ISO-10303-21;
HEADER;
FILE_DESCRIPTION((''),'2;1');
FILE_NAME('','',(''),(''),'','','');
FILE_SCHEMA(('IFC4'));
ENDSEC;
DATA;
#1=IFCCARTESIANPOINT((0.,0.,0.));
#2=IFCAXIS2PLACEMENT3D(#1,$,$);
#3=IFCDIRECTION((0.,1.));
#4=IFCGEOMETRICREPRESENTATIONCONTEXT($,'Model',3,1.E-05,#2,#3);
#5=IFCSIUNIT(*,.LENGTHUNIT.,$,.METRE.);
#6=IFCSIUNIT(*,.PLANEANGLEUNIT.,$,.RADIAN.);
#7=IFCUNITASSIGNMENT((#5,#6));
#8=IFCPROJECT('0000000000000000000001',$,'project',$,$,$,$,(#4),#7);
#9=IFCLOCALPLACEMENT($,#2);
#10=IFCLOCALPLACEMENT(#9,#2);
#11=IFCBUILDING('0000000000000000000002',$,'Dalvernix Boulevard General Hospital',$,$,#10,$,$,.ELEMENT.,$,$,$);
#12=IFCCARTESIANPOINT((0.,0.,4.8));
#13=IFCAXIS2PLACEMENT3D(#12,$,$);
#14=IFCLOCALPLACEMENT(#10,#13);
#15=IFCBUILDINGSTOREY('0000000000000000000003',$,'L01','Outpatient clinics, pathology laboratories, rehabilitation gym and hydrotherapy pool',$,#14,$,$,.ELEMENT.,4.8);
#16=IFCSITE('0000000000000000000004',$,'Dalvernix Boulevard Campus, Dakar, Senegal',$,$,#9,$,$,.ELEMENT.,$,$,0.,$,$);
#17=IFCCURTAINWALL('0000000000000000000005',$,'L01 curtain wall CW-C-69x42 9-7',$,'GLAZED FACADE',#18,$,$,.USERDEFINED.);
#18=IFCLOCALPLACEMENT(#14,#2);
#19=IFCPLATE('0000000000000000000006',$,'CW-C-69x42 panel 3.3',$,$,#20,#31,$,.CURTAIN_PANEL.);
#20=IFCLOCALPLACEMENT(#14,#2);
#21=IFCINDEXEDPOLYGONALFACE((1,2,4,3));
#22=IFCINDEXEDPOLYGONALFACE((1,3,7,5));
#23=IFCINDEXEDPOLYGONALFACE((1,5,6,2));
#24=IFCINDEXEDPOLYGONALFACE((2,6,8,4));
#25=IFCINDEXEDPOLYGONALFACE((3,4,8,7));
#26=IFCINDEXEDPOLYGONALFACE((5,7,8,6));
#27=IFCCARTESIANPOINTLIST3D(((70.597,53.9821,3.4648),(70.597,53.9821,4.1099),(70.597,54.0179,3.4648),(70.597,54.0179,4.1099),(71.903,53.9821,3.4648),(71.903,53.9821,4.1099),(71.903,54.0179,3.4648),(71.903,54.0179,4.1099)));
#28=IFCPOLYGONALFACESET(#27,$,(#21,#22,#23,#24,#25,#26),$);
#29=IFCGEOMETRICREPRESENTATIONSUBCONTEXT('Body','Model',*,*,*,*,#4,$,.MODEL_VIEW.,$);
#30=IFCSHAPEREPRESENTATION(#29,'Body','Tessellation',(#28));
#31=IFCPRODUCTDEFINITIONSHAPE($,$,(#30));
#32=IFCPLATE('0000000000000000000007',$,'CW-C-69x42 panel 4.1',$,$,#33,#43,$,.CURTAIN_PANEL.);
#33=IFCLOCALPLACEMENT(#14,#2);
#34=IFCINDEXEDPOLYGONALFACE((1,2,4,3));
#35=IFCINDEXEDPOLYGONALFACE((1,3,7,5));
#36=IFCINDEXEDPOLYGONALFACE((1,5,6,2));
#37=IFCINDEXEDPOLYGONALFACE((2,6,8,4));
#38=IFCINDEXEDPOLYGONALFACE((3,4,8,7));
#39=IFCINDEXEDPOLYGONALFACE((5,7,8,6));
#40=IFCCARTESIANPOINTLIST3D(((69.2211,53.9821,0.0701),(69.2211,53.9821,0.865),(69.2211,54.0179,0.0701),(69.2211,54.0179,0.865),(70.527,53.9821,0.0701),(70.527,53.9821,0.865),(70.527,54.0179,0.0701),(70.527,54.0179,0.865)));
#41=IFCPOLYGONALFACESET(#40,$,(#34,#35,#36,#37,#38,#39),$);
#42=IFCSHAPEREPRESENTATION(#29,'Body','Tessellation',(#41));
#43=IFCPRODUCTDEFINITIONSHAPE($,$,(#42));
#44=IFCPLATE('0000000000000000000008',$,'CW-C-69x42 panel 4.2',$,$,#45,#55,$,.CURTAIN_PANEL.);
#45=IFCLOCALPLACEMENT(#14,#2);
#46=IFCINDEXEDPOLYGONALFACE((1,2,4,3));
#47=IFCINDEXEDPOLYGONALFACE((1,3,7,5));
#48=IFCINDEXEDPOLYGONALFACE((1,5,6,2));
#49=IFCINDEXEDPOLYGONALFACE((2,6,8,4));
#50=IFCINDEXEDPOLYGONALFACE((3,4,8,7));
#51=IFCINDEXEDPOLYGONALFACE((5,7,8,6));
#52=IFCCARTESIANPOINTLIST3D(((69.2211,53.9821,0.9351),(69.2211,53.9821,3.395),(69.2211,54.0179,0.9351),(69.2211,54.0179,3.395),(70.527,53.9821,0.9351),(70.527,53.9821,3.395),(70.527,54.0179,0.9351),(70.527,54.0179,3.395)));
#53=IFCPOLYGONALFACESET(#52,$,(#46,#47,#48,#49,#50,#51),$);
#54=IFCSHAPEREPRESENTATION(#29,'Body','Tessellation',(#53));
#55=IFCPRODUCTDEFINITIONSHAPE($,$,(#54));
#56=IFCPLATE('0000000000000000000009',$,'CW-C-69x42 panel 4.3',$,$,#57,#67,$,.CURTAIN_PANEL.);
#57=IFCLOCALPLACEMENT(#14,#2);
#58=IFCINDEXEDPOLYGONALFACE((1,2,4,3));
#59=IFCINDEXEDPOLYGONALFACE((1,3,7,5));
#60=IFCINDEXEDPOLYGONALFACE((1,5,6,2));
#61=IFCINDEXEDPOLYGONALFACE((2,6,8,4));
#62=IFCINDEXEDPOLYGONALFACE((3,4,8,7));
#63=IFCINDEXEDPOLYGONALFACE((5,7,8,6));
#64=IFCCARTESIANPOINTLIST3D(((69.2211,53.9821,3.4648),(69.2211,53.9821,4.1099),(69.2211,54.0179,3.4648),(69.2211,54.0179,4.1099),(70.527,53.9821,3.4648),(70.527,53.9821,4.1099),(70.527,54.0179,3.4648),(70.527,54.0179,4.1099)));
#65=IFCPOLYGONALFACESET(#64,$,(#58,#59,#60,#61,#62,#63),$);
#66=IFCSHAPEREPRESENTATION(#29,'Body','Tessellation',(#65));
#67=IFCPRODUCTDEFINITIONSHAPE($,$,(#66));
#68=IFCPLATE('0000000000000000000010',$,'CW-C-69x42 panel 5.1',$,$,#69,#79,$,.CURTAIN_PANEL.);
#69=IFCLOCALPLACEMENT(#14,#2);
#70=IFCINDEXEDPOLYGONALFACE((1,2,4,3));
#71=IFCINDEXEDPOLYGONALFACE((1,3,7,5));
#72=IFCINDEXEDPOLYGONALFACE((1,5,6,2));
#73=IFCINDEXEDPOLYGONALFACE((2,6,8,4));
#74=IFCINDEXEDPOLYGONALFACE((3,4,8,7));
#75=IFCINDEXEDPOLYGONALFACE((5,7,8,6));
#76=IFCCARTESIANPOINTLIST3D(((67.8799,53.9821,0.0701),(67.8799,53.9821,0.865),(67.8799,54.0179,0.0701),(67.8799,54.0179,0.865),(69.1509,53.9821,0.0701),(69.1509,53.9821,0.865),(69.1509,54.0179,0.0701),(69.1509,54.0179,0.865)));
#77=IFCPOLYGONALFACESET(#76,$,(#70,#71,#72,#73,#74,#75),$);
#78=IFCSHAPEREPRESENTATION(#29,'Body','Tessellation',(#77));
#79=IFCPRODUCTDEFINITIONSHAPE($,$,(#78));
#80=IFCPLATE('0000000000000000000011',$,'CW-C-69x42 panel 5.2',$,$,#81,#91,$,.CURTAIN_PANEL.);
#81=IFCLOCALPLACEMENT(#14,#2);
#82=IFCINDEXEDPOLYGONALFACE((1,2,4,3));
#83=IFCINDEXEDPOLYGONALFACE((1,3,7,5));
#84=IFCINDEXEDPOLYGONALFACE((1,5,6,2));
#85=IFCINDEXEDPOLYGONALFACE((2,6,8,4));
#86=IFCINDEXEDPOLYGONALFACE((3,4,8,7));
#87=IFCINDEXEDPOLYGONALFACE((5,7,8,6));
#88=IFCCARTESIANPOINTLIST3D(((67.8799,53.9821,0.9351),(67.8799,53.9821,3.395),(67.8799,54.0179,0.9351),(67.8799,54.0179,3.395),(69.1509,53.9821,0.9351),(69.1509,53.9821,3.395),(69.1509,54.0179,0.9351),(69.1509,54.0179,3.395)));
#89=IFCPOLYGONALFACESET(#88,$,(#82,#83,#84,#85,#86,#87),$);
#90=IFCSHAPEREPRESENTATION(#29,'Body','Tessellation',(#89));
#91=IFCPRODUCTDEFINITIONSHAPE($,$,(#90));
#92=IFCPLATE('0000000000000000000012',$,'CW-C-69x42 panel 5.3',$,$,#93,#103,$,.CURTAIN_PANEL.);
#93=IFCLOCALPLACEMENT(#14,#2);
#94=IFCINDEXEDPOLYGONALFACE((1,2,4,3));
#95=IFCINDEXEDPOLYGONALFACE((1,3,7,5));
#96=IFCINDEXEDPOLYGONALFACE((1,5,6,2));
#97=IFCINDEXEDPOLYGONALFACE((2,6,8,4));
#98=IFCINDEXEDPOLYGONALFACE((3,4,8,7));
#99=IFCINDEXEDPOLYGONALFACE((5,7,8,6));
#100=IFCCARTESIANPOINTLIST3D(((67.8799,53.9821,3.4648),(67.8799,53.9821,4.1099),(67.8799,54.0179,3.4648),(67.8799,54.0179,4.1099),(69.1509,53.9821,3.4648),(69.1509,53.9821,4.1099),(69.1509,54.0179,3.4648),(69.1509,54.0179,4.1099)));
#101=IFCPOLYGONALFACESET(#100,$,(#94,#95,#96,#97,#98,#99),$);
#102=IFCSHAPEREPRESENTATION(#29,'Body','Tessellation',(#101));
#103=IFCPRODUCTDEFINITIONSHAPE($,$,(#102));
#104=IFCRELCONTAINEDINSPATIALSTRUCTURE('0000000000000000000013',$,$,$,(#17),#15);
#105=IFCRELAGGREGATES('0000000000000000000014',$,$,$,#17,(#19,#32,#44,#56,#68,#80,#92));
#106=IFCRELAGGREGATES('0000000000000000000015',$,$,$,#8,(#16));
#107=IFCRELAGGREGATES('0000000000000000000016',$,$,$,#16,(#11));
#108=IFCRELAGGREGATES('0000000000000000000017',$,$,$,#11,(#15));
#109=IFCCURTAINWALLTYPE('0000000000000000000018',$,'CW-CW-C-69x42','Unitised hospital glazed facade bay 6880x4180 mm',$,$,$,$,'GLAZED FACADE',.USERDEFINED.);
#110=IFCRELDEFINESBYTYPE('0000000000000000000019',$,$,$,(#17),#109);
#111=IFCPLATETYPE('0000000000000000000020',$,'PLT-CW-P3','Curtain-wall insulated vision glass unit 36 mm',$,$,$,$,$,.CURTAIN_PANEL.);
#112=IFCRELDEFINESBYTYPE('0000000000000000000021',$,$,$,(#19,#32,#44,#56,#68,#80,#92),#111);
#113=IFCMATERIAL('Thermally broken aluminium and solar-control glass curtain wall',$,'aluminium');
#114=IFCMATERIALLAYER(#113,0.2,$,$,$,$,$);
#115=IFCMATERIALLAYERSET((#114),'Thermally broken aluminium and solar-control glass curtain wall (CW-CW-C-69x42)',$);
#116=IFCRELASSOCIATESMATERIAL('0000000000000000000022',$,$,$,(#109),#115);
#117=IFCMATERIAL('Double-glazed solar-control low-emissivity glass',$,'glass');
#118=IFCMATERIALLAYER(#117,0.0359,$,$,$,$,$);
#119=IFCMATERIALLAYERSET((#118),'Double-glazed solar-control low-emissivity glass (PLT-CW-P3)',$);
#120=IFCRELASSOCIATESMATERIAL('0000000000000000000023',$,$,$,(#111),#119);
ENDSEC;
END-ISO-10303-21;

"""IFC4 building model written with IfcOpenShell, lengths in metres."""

from ifc_helpers import new_model, si_unit, direction, frame, origin, origin_2d, place, context, subcontext, project, spatial, rectangle, extrude, material, layer, layer_set, type_object, element, aggregate, save


model = new_model("IFC4")

# Units and contexts
model_context = context("Model", 3, precision=1e-05, world=origin(), true_north=direction((0.0, 1.0)))
body_context = subcontext(model_context, "Body", "Model", "MODEL_VIEW")
ifc_project = project(units=[si_unit("LENGTHUNIT", "METRE"), si_unit("PLANEANGLEUNIT", "RADIAN")], contexts=[model_context])

# Site, building, storey
site_placement = place(None, origin())
site = spatial("IfcSite", under=ifc_project, at=site_placement, Name="Dalvernix Boulevard Campus, Dakar, Senegal", CompositionType="ELEMENT", RefElevation=0.0)
building_placement = place(site_placement, origin())
building = spatial("IfcBuilding", under=site, at=building_placement, Name="Dalvernix Boulevard General Hospital", CompositionType="ELEMENT")
storey_placement = place(building_placement, frame((0.0, 0.0, 4.8)))
storey = spatial("IfcBuildingStorey", under=building, at=storey_placement, Name="L01", Description="Outpatient clinics, pathology laboratories, rehabilitation gym and hydrotherapy pool", CompositionType="ELEMENT", Elevation=4.8)

# Curtain wall, plates
ifc_material_1 = material(Name="Thermally broken aluminium and solar-control glass curtain wall", Category="aluminium")
ifc_layer_1 = layer(ifc_material_1, 0.2)
ifc_layer_set_1 = layer_set([ifc_layer_1], Name="Thermally broken aluminium and solar-control glass curtain wall (CW-CW-C-69x42)")
curtain_wall_type = type_object("IfcCurtainWallType", Name="CW-CW-C-69x42", Description="Unitised hospital glazed facade bay 6880x4180 mm", ElementType="GLAZED FACADE", PredefinedType="USERDEFINED", material=ifc_layer_set_1)
curtain_wall_placement = place(storey_placement, origin())
curtain_wall = element("IfcCurtainWall", 1, at=curtain_wall_placement, inside=storey, type_object=curtain_wall_type, Name="L01 curtain wall CW-C-69x42 9-7", ObjectType="GLAZED FACADE", PredefinedType="USERDEFINED")
ifc_material_2 = material(Name="Double-glazed solar-control low-emissivity glass", Category="glass")
ifc_layer_2 = layer(ifc_material_2, 0.0359)
ifc_layer_set_2 = layer_set([ifc_layer_2], Name="Double-glazed solar-control low-emissivity glass (PLT-CW-P3)")
plate_type = type_object("IfcPlateType", Name="PLT-CW-P3", Description="Curtain-wall insulated vision glass unit 36 mm", PredefinedType="CURTAIN_PANEL", material=ifc_layer_set_2)
plate_1_placement = place(storey_placement, frame((71.25, 54.0, 3.4648), z_axis=(0.0, 0.0, 1.0), x_axis=(-1.0, 0.0, 0.0)))
plate_1 = element("IfcPlate", 2, at=plate_1_placement, type_object=plate_type, Name="CW-C-69x42 panel 3.3", PredefinedType="CURTAIN_PANEL", context=body_context, shape_type="SweptSolid", body=[
    extrude(rectangle(XDim=1.3059, YDim=0.0359, at=origin_2d()), origin(), (0.0, 0.0, 1.0), 0.645),
])
plate_2_placement = place(storey_placement, frame((69.874, 54.0, 0.0701), z_axis=(0.0, 0.0, 1.0), x_axis=(-1.0, 0.0, 0.0)))
plate_2 = element("IfcPlate", 3, at=plate_2_placement, type_object=plate_type, Name="CW-C-69x42 panel 4.1", PredefinedType="CURTAIN_PANEL", context=body_context, shape_type="SweptSolid", body=[
    extrude(rectangle(XDim=1.3059, YDim=0.0359, at=origin_2d()), origin(), (0.0, 0.0, 1.0), 0.7949),
])
plate_3_placement = place(storey_placement, frame((69.874, 54.0, 0.9351), z_axis=(0.0, 0.0, 1.0), x_axis=(-1.0, 0.0, 0.0)))
plate_3 = element("IfcPlate", 4, at=plate_3_placement, type_object=plate_type, Name="CW-C-69x42 panel 4.2", PredefinedType="CURTAIN_PANEL", context=body_context, shape_type="SweptSolid", body=[
    extrude(rectangle(XDim=1.3059, YDim=0.0359, at=origin_2d()), origin(), (0.0, 0.0, 1.0), 2.46),
])
plate_4_placement = place(storey_placement, frame((69.874, 54.0, 3.4648), z_axis=(0.0, 0.0, 1.0), x_axis=(-1.0, 0.0, 0.0)))
plate_4 = element("IfcPlate", 5, at=plate_4_placement, type_object=plate_type, Name="CW-C-69x42 panel 4.3", PredefinedType="CURTAIN_PANEL", context=body_context, shape_type="SweptSolid", body=[
    extrude(rectangle(XDim=1.3059, YDim=0.0359, at=origin_2d()), origin(), (0.0, 0.0, 1.0), 0.645),
])
plate_5_placement = place(storey_placement, frame((68.5154, 54.0, 0.0701), z_axis=(0.0, 0.0, 1.0), x_axis=(-1.0, 0.0, 0.0)))
plate_5 = element("IfcPlate", 6, at=plate_5_placement, type_object=plate_type, Name="CW-C-69x42 panel 5.1", PredefinedType="CURTAIN_PANEL", context=body_context, shape_type="SweptSolid", body=[
    extrude(rectangle(XDim=1.271, YDim=0.0359, at=origin_2d()), origin(), (0.0, 0.0, 1.0), 0.7949),
])
plate_6_placement = place(storey_placement, frame((68.5154, 54.0, 0.9351), z_axis=(0.0, 0.0, 1.0), x_axis=(-1.0, 0.0, 0.0)))
plate_6 = element("IfcPlate", 7, at=plate_6_placement, type_object=plate_type, Name="CW-C-69x42 panel 5.2", PredefinedType="CURTAIN_PANEL", context=body_context, shape_type="SweptSolid", body=[
    extrude(rectangle(XDim=1.271, YDim=0.0359, at=origin_2d()), origin(), (0.0, 0.0, 1.0), 2.46),
])
plate_7_placement = place(storey_placement, frame((68.5154, 54.0, 3.4648), z_axis=(0.0, 0.0, 1.0), x_axis=(-1.0, 0.0, 0.0)))
plate_7 = element("IfcPlate", 8, at=plate_7_placement, type_object=plate_type, Name="CW-C-69x42 panel 5.3", PredefinedType="CURTAIN_PANEL", context=body_context, shape_type="SweptSolid", body=[
    extrude(rectangle(XDim=1.271, YDim=0.0359, at=origin_2d()), origin(), (0.0, 0.0, 1.0), 0.645),
])
aggregate(curtain_wall, [plate_1, plate_2, plate_3, plate_4, plate_5, plate_6, plate_7])

save(model, "model.ifc")
